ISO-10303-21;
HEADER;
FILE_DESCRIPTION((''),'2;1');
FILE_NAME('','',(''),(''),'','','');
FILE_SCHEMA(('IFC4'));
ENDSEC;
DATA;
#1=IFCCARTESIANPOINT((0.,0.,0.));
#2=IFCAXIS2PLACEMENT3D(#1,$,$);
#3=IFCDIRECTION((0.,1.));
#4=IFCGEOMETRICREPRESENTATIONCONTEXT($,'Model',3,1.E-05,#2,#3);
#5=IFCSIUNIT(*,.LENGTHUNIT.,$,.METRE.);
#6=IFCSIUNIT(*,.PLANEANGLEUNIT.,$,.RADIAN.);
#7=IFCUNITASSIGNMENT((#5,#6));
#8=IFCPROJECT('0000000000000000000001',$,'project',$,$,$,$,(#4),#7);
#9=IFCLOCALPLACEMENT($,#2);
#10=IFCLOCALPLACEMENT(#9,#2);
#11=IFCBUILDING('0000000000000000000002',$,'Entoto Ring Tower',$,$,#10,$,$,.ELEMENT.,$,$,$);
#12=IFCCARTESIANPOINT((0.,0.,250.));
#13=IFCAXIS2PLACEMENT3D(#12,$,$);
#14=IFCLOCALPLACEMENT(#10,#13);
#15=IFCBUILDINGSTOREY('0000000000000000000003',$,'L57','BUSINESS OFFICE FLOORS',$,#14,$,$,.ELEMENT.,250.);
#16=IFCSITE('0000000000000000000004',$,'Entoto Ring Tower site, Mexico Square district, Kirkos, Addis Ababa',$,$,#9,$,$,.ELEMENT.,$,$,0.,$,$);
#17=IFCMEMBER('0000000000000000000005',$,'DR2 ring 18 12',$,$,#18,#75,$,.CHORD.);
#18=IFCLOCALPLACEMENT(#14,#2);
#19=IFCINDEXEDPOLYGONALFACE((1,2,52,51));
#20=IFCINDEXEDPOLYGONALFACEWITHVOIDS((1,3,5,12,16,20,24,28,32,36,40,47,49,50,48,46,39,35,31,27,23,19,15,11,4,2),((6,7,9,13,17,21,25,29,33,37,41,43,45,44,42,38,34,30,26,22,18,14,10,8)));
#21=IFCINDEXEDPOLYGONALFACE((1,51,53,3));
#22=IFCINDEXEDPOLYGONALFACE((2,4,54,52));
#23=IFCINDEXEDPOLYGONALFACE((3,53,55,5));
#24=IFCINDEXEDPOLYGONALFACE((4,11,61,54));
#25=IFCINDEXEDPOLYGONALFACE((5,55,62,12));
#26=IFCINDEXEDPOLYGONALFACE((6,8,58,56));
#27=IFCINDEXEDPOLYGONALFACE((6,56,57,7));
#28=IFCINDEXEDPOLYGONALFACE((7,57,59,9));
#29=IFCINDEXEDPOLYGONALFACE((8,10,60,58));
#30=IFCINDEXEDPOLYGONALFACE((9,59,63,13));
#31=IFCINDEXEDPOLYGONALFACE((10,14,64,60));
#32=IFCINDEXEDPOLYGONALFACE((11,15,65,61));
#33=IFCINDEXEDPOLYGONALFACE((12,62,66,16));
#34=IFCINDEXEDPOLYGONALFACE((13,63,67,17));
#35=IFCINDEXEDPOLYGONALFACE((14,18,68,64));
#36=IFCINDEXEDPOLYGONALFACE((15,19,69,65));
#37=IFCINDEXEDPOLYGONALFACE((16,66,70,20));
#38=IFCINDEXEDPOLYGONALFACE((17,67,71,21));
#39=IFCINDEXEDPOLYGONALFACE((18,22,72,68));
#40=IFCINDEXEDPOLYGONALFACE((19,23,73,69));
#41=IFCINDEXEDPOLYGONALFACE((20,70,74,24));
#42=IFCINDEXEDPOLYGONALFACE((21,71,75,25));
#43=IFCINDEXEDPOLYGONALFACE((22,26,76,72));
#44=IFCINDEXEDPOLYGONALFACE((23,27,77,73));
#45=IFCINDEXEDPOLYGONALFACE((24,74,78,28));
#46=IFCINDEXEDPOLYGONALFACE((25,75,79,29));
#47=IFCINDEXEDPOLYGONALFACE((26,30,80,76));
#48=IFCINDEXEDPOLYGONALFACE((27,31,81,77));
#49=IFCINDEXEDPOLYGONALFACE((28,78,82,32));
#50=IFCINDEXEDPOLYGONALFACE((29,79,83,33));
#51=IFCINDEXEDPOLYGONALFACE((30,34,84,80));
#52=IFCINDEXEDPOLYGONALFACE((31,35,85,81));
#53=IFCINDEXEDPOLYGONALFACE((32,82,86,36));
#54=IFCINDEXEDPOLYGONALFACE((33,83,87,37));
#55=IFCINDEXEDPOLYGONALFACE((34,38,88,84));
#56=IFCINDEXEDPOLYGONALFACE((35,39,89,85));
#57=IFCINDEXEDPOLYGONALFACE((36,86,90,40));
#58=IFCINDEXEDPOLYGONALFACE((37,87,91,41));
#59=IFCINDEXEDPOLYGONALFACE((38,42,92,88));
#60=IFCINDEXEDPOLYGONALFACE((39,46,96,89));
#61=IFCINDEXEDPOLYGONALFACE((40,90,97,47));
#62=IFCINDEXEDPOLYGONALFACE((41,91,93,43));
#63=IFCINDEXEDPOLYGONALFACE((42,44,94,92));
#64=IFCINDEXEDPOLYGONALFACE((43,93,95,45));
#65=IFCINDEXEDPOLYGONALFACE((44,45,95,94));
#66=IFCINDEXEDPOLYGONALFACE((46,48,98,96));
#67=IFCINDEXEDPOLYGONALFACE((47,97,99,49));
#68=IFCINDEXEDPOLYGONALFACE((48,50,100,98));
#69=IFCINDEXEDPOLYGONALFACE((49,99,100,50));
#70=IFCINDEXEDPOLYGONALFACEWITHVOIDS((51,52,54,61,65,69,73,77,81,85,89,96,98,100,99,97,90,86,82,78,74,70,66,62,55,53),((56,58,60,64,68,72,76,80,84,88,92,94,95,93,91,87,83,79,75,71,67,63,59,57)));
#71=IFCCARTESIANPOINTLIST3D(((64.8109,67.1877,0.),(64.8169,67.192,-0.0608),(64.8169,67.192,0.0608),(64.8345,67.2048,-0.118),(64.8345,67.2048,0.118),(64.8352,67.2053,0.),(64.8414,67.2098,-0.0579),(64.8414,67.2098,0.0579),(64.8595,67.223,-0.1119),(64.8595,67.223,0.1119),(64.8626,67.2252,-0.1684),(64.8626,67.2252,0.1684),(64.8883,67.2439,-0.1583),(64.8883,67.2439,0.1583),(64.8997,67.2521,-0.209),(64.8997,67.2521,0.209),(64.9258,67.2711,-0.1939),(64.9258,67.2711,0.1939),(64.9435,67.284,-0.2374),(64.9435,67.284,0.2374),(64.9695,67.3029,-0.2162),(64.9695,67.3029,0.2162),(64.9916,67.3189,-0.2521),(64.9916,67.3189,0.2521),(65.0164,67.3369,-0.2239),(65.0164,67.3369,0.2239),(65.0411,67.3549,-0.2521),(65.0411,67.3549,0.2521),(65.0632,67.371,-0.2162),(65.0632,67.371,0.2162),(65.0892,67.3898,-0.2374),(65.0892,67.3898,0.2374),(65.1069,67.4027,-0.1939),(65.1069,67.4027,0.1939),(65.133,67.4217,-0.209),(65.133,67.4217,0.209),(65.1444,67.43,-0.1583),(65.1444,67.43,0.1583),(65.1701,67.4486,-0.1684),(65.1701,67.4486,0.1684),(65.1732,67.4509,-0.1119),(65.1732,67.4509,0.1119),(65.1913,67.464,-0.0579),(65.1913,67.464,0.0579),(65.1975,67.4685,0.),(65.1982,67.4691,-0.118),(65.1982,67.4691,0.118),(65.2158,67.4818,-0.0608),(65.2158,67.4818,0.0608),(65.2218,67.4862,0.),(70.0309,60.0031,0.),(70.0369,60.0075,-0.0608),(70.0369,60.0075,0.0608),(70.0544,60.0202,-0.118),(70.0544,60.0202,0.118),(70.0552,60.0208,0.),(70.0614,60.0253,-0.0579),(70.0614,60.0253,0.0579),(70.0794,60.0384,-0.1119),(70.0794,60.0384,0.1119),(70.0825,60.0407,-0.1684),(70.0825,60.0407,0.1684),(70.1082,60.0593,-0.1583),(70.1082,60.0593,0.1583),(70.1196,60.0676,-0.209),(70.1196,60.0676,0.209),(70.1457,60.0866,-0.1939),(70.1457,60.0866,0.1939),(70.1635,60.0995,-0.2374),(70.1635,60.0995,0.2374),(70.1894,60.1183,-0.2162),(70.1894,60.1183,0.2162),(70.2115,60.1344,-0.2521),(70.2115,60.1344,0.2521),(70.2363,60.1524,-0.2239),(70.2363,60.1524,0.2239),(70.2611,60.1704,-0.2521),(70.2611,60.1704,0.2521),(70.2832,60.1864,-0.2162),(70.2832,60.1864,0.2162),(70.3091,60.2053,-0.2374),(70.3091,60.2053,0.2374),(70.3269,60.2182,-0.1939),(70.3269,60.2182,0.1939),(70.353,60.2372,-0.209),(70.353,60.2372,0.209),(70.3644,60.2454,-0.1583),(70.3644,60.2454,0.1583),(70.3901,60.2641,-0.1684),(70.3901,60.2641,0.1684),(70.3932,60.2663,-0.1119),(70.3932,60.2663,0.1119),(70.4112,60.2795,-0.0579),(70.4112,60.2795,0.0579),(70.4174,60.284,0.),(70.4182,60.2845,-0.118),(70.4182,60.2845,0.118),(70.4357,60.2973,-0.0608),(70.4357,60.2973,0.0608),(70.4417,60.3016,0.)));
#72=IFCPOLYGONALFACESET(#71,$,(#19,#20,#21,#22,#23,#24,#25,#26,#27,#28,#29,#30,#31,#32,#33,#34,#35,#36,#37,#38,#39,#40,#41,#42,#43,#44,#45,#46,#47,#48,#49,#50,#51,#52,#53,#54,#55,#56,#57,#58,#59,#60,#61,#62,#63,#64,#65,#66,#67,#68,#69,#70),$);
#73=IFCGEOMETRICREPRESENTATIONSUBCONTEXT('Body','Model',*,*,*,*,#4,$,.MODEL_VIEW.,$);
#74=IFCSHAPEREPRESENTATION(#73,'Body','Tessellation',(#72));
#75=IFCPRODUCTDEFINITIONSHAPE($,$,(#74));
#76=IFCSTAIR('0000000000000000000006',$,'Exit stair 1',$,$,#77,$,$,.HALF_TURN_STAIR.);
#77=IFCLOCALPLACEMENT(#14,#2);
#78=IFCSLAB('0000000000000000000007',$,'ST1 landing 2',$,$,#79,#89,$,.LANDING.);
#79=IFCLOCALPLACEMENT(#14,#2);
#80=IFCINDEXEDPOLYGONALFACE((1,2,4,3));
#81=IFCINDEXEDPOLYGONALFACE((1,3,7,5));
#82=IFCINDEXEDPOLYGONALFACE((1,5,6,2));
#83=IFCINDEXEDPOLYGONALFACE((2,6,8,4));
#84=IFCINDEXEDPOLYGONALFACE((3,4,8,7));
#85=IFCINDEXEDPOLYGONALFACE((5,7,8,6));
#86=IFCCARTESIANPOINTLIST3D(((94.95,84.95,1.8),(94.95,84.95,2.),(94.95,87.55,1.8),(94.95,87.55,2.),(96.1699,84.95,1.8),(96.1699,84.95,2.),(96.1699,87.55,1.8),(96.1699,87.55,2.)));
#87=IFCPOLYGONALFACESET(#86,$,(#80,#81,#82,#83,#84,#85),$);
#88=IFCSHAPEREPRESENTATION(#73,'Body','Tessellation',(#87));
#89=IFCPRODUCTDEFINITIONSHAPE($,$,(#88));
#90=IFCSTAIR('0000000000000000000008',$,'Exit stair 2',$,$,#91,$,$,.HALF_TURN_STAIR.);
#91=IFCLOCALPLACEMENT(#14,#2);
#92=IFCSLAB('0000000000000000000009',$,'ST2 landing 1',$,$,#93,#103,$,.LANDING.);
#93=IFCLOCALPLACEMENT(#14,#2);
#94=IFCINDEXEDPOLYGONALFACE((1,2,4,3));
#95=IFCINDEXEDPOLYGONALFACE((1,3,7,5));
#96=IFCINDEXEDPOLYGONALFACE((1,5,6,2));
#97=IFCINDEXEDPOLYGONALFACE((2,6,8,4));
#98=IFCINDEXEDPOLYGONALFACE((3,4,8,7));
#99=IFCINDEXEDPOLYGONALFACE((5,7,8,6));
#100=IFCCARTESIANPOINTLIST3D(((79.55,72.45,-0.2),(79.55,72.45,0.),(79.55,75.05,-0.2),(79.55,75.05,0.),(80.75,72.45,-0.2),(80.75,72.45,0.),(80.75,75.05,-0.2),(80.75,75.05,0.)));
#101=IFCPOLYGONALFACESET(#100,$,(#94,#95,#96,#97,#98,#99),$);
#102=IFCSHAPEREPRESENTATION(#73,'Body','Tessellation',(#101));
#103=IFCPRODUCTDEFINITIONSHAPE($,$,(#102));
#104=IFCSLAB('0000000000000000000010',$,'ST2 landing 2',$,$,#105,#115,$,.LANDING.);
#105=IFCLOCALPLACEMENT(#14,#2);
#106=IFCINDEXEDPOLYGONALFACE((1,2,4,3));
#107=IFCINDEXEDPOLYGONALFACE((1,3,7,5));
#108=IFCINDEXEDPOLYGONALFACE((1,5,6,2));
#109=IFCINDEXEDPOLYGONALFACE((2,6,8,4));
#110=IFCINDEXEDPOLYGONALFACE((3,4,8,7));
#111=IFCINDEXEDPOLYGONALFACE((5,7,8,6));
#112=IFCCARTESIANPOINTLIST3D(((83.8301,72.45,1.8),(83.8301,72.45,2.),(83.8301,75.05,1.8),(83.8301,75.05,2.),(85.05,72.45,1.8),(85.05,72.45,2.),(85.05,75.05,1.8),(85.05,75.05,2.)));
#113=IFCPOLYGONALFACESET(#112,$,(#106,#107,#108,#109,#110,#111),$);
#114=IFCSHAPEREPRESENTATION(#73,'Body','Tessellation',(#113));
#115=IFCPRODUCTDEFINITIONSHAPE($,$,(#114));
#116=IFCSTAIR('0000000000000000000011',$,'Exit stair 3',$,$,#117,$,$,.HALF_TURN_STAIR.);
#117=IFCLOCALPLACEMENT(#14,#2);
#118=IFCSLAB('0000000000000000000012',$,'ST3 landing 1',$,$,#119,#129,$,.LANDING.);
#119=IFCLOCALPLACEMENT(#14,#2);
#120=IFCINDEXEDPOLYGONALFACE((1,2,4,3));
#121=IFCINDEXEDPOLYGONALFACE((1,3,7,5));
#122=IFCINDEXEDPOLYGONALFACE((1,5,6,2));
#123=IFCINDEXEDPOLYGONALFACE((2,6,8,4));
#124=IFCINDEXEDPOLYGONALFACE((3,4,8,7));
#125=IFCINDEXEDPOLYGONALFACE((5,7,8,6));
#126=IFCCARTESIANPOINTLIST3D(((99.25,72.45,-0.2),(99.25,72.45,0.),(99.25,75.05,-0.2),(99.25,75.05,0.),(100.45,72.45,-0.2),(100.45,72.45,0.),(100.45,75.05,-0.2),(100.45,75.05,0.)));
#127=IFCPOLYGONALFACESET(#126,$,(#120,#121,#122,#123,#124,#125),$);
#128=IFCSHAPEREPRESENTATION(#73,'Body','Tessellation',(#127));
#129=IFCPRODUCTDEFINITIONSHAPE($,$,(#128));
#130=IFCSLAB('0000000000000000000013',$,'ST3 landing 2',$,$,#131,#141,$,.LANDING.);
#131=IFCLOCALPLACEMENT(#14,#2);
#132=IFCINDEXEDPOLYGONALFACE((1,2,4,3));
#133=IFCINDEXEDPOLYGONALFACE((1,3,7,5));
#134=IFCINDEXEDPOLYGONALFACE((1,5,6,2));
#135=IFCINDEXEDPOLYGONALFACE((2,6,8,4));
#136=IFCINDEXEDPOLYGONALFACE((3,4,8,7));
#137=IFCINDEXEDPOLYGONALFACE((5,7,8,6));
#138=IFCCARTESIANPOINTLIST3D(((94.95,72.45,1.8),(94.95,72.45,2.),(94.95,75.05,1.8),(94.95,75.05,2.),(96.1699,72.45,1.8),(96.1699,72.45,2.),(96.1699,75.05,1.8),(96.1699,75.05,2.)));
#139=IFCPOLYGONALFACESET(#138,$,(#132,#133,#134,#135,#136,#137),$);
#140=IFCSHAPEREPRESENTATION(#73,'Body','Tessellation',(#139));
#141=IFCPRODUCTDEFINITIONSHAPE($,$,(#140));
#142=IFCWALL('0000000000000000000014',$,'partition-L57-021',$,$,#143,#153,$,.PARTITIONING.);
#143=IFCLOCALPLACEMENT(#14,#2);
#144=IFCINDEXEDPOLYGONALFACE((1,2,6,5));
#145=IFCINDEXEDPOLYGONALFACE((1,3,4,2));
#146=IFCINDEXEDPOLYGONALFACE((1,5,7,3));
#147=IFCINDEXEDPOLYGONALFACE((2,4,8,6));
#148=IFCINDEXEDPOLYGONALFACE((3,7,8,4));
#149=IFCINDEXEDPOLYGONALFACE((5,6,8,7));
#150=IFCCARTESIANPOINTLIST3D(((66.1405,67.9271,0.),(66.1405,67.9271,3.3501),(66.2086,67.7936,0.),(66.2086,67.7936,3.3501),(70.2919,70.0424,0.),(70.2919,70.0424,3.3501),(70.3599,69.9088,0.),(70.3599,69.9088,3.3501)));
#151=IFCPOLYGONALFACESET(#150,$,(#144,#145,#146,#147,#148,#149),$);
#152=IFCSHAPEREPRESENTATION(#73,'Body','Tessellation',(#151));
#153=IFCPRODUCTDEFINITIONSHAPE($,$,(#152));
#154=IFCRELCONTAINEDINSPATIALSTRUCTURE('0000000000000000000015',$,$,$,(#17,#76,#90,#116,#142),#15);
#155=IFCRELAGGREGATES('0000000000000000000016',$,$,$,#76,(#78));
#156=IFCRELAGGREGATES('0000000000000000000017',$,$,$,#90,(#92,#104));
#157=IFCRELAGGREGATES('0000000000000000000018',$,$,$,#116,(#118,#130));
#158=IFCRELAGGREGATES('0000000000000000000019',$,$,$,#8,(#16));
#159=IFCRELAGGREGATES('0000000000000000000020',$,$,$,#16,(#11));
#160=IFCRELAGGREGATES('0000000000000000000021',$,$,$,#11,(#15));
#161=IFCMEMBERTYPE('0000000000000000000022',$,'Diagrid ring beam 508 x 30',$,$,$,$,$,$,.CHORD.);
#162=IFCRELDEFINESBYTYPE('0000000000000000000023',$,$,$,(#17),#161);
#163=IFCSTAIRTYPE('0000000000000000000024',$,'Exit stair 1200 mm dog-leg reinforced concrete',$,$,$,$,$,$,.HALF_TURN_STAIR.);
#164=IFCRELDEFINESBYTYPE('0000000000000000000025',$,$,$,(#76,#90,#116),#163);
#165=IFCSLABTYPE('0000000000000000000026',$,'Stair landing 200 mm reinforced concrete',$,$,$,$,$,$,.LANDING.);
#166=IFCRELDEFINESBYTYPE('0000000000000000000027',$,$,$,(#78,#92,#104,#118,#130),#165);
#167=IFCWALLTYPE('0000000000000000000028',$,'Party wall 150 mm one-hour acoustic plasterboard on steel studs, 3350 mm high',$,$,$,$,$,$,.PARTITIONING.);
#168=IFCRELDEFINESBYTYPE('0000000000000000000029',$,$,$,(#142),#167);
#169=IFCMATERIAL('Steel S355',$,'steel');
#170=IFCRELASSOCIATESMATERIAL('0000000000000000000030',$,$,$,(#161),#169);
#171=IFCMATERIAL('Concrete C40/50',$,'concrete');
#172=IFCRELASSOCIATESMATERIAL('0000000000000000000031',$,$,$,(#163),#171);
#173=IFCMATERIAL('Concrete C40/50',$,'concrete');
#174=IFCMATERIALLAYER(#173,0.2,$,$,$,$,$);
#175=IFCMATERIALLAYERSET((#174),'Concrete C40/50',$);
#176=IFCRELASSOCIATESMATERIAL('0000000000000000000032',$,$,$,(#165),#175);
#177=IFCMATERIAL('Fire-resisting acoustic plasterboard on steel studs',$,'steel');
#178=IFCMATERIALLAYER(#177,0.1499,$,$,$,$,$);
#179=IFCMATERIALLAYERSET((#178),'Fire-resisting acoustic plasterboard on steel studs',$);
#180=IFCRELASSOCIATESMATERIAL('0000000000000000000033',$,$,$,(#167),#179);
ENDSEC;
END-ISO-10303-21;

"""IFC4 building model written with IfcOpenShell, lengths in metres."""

from ifc_helpers import new_model, si_unit, direction, frame, frame_2d, origin, origin_2d, place, context, subcontext, project, spatial, polyline, rectangle, circle, hollow_circle, outline, extrude, material, layer, layer_set, material_profile, profile_set, type_object, element, aggregate, save


model = new_model("IFC4")

# Units and contexts
model_context = context("Model", 3, precision=1e-05, world=origin(), true_north=direction((0.0, 1.0)))
body_context = subcontext(model_context, "Body", "Model", "MODEL_VIEW")
ifc_project = project(units=[si_unit("LENGTHUNIT", "METRE"), si_unit("PLANEANGLEUNIT", "RADIAN")], contexts=[model_context])

# Site, building, storey
site_placement = place(None, origin())
site = spatial("IfcSite", under=ifc_project, at=site_placement, Name="Entoto Ring Tower site, Mexico Square district, Kirkos, Addis Ababa", CompositionType="ELEMENT", RefElevation=0.0)
building_placement = place(site_placement, origin())
building = spatial("IfcBuilding", under=site, at=building_placement, Name="Entoto Ring Tower", CompositionType="ELEMENT")
storey_placement = place(building_placement, frame((0.0, 0.0, 250.0)))
storey = spatial("IfcBuildingStorey", under=building, at=storey_placement, Name="L57", Description="BUSINESS OFFICE FLOORS", CompositionType="ELEMENT", Elevation=250.0)

# Member
ifc_material_1 = material(Name="Steel S355", Category="steel")
ifc_material_profile_1 = material_profile(ifc_material_1, hollow_circle(Radius=0.2539, WallThickness=0.03, at=origin_2d()), Name="CHS 508 x 30")
ifc_material_2 = material(Name="Concrete C60/75", Category="concrete")
ifc_material_profile_2 = material_profile(ifc_material_2, circle(Radius=0.2241, at=origin_2d()), Name="Concrete C60/75 infill")
ifc_profile_set = profile_set([ifc_material_profile_1, ifc_material_profile_2], Name="Steel S355")
member_type = type_object("IfcMemberType", Name="Diagrid ring beam 508 x 30", PredefinedType="CHORD", material=ifc_profile_set)
member_placement = place(storey_placement, frame((65.0164, 67.3369, 0.0), z_axis=(0.587791, -0.809013, 0.0), x_axis=(0.809013, 0.587791, 0.0)))
element("IfcMember", 1, at=member_placement, inside=storey, type_object=member_type, Name="DR2 ring 18 12", PredefinedType="CHORD", context=body_context, shape_type="SweptSolid", body=[
    extrude(hollow_circle(Radius=0.2539, WallThickness=0.03, at=origin_2d()), origin(), (0.0, 0.0, 1.0), 8.8806),
])

# Stair, slab
ifc_material_3 = material(Name="Concrete C40/50", Category="concrete")
stair_type = type_object("IfcStairType", Name="Exit stair 1200 mm dog-leg reinforced concrete", PredefinedType="HALF_TURN_STAIR", material=ifc_material_3)
stair_1_placement = place(storey_placement, origin())
stair_1 = element("IfcStair", 2, at=stair_1_placement, inside=storey, type_object=stair_type, Name="Exit stair 1", PredefinedType="HALF_TURN_STAIR")
ifc_material_4 = material(Name="Concrete C40/50", Category="concrete")
ifc_layer_1 = layer(ifc_material_4, 0.2)
ifc_layer_set_1 = layer_set([ifc_layer_1], Name="Concrete C40/50")
slab_type_1 = type_object("IfcSlabType", Name="Stair landing 200 mm reinforced concrete", PredefinedType="LANDING", material=ifc_layer_set_1)
slab_1_placement = place(storey_placement, frame((0.0, 0.0, 1.8)))
slab_1 = element("IfcSlab", 3, at=slab_1_placement, type_object=slab_type_1, Name="ST1 landing 2", PredefinedType="LANDING", context=body_context, shape_type="SweptSolid", body=[
    extrude(outline(polyline([(94.95, 84.95), (96.1699, 84.95), (96.1699, 87.55), (94.95, 87.55), (94.95, 84.95)])), origin(), (0.0, 0.0, 1.0), 0.2),
])
aggregate(stair_1, [slab_1])

# Stairs, slabs
stair_2_placement = place(storey_placement, origin())
stair_2 = element("IfcStair", 4, at=stair_2_placement, inside=storey, type_object=stair_type, Name="Exit stair 2", PredefinedType="HALF_TURN_STAIR")
slab_2_placement = place(storey_placement, frame((0.0, 0.0, -0.2)))
slab_2 = element("IfcSlab", 5, at=slab_2_placement, type_object=slab_type_1, Name="ST2 landing 1", PredefinedType="LANDING", context=body_context, shape_type="SweptSolid", body=[
    extrude(outline(polyline([(80.75, 72.45), (80.75, 75.05), (79.55, 75.05), (79.55, 72.45), (80.75, 72.45)])), origin(), (0.0, 0.0, 1.0), 0.2),
])
slab_3_placement = place(storey_placement, frame((0.0, 0.0, 1.8)))
slab_3 = element("IfcSlab", 6, at=slab_3_placement, type_object=slab_type_1, Name="ST2 landing 2", PredefinedType="LANDING", context=body_context, shape_type="SweptSolid", body=[
    extrude(outline(polyline([(83.8301, 72.45), (85.05, 72.45), (85.05, 75.05), (83.8301, 75.05), (83.8301, 72.45)])), origin(), (0.0, 0.0, 1.0), 0.2),
])
aggregate(stair_2, [slab_2, slab_3])
stair_3_placement = place(storey_placement, origin())
stair_3 = element("IfcStair", 7, at=stair_3_placement, inside=storey, type_object=stair_type, Name="Exit stair 3", PredefinedType="HALF_TURN_STAIR")
slab_4_placement = place(storey_placement, frame((0.0, 0.0, -0.2)))
slab_4 = element("IfcSlab", 8, at=slab_4_placement, type_object=slab_type_1, Name="ST3 landing 1", PredefinedType="LANDING", context=body_context, shape_type="SweptSolid", body=[
    extrude(outline(polyline([(100.45, 72.45), (100.45, 75.05), (99.25, 75.05), (99.25, 72.45), (100.45, 72.45)])), origin(), (0.0, 0.0, 1.0), 0.2),
])
slab_5_placement = place(storey_placement, frame((0.0, 0.0, 1.8)))
slab_5 = element("IfcSlab", 9, at=slab_5_placement, type_object=slab_type_1, Name="ST3 landing 2", PredefinedType="LANDING", context=body_context, shape_type="SweptSolid", body=[
    extrude(outline(polyline([(94.95, 72.45), (96.1699, 72.45), (96.1699, 75.05), (94.95, 75.05), (94.95, 72.45)])), origin(), (0.0, 0.0, 1.0), 0.2),
])
aggregate(stair_3, [slab_4, slab_5])

# Wall
ifc_material_5 = material(Name="Fire-resisting acoustic plasterboard on steel studs", Category="steel")
ifc_layer_2 = layer(ifc_material_5, 0.1499)
ifc_layer_set_2 = layer_set([ifc_layer_2], Name="Fire-resisting acoustic plasterboard on steel studs")
wall_type = type_object("IfcWallType", Name="Party wall 150 mm one-hour acoustic plasterboard on steel studs, 3350 mm high", PredefinedType="PARTITIONING", material=ifc_layer_set_2)
wall_placement = place(storey_placement, frame((66.1746, 67.8604, 0.0), z_axis=(0.0, 0.0, 1.0), x_axis=(0.891006, 0.453992, 0.0)))
element("IfcWall", 10, at=wall_placement, inside=storey, type_object=wall_type, Name="partition-L57-021", PredefinedType="PARTITIONING", context=body_context, shape_type="SweptSolid", body=[
    extrude(rectangle(XDim=4.6592, YDim=0.1499, at=frame_2d((2.3296, 0.0))), origin(), (0.0, 0.0, 1.0), 3.3501),
])

save(model, "model.ifc")
